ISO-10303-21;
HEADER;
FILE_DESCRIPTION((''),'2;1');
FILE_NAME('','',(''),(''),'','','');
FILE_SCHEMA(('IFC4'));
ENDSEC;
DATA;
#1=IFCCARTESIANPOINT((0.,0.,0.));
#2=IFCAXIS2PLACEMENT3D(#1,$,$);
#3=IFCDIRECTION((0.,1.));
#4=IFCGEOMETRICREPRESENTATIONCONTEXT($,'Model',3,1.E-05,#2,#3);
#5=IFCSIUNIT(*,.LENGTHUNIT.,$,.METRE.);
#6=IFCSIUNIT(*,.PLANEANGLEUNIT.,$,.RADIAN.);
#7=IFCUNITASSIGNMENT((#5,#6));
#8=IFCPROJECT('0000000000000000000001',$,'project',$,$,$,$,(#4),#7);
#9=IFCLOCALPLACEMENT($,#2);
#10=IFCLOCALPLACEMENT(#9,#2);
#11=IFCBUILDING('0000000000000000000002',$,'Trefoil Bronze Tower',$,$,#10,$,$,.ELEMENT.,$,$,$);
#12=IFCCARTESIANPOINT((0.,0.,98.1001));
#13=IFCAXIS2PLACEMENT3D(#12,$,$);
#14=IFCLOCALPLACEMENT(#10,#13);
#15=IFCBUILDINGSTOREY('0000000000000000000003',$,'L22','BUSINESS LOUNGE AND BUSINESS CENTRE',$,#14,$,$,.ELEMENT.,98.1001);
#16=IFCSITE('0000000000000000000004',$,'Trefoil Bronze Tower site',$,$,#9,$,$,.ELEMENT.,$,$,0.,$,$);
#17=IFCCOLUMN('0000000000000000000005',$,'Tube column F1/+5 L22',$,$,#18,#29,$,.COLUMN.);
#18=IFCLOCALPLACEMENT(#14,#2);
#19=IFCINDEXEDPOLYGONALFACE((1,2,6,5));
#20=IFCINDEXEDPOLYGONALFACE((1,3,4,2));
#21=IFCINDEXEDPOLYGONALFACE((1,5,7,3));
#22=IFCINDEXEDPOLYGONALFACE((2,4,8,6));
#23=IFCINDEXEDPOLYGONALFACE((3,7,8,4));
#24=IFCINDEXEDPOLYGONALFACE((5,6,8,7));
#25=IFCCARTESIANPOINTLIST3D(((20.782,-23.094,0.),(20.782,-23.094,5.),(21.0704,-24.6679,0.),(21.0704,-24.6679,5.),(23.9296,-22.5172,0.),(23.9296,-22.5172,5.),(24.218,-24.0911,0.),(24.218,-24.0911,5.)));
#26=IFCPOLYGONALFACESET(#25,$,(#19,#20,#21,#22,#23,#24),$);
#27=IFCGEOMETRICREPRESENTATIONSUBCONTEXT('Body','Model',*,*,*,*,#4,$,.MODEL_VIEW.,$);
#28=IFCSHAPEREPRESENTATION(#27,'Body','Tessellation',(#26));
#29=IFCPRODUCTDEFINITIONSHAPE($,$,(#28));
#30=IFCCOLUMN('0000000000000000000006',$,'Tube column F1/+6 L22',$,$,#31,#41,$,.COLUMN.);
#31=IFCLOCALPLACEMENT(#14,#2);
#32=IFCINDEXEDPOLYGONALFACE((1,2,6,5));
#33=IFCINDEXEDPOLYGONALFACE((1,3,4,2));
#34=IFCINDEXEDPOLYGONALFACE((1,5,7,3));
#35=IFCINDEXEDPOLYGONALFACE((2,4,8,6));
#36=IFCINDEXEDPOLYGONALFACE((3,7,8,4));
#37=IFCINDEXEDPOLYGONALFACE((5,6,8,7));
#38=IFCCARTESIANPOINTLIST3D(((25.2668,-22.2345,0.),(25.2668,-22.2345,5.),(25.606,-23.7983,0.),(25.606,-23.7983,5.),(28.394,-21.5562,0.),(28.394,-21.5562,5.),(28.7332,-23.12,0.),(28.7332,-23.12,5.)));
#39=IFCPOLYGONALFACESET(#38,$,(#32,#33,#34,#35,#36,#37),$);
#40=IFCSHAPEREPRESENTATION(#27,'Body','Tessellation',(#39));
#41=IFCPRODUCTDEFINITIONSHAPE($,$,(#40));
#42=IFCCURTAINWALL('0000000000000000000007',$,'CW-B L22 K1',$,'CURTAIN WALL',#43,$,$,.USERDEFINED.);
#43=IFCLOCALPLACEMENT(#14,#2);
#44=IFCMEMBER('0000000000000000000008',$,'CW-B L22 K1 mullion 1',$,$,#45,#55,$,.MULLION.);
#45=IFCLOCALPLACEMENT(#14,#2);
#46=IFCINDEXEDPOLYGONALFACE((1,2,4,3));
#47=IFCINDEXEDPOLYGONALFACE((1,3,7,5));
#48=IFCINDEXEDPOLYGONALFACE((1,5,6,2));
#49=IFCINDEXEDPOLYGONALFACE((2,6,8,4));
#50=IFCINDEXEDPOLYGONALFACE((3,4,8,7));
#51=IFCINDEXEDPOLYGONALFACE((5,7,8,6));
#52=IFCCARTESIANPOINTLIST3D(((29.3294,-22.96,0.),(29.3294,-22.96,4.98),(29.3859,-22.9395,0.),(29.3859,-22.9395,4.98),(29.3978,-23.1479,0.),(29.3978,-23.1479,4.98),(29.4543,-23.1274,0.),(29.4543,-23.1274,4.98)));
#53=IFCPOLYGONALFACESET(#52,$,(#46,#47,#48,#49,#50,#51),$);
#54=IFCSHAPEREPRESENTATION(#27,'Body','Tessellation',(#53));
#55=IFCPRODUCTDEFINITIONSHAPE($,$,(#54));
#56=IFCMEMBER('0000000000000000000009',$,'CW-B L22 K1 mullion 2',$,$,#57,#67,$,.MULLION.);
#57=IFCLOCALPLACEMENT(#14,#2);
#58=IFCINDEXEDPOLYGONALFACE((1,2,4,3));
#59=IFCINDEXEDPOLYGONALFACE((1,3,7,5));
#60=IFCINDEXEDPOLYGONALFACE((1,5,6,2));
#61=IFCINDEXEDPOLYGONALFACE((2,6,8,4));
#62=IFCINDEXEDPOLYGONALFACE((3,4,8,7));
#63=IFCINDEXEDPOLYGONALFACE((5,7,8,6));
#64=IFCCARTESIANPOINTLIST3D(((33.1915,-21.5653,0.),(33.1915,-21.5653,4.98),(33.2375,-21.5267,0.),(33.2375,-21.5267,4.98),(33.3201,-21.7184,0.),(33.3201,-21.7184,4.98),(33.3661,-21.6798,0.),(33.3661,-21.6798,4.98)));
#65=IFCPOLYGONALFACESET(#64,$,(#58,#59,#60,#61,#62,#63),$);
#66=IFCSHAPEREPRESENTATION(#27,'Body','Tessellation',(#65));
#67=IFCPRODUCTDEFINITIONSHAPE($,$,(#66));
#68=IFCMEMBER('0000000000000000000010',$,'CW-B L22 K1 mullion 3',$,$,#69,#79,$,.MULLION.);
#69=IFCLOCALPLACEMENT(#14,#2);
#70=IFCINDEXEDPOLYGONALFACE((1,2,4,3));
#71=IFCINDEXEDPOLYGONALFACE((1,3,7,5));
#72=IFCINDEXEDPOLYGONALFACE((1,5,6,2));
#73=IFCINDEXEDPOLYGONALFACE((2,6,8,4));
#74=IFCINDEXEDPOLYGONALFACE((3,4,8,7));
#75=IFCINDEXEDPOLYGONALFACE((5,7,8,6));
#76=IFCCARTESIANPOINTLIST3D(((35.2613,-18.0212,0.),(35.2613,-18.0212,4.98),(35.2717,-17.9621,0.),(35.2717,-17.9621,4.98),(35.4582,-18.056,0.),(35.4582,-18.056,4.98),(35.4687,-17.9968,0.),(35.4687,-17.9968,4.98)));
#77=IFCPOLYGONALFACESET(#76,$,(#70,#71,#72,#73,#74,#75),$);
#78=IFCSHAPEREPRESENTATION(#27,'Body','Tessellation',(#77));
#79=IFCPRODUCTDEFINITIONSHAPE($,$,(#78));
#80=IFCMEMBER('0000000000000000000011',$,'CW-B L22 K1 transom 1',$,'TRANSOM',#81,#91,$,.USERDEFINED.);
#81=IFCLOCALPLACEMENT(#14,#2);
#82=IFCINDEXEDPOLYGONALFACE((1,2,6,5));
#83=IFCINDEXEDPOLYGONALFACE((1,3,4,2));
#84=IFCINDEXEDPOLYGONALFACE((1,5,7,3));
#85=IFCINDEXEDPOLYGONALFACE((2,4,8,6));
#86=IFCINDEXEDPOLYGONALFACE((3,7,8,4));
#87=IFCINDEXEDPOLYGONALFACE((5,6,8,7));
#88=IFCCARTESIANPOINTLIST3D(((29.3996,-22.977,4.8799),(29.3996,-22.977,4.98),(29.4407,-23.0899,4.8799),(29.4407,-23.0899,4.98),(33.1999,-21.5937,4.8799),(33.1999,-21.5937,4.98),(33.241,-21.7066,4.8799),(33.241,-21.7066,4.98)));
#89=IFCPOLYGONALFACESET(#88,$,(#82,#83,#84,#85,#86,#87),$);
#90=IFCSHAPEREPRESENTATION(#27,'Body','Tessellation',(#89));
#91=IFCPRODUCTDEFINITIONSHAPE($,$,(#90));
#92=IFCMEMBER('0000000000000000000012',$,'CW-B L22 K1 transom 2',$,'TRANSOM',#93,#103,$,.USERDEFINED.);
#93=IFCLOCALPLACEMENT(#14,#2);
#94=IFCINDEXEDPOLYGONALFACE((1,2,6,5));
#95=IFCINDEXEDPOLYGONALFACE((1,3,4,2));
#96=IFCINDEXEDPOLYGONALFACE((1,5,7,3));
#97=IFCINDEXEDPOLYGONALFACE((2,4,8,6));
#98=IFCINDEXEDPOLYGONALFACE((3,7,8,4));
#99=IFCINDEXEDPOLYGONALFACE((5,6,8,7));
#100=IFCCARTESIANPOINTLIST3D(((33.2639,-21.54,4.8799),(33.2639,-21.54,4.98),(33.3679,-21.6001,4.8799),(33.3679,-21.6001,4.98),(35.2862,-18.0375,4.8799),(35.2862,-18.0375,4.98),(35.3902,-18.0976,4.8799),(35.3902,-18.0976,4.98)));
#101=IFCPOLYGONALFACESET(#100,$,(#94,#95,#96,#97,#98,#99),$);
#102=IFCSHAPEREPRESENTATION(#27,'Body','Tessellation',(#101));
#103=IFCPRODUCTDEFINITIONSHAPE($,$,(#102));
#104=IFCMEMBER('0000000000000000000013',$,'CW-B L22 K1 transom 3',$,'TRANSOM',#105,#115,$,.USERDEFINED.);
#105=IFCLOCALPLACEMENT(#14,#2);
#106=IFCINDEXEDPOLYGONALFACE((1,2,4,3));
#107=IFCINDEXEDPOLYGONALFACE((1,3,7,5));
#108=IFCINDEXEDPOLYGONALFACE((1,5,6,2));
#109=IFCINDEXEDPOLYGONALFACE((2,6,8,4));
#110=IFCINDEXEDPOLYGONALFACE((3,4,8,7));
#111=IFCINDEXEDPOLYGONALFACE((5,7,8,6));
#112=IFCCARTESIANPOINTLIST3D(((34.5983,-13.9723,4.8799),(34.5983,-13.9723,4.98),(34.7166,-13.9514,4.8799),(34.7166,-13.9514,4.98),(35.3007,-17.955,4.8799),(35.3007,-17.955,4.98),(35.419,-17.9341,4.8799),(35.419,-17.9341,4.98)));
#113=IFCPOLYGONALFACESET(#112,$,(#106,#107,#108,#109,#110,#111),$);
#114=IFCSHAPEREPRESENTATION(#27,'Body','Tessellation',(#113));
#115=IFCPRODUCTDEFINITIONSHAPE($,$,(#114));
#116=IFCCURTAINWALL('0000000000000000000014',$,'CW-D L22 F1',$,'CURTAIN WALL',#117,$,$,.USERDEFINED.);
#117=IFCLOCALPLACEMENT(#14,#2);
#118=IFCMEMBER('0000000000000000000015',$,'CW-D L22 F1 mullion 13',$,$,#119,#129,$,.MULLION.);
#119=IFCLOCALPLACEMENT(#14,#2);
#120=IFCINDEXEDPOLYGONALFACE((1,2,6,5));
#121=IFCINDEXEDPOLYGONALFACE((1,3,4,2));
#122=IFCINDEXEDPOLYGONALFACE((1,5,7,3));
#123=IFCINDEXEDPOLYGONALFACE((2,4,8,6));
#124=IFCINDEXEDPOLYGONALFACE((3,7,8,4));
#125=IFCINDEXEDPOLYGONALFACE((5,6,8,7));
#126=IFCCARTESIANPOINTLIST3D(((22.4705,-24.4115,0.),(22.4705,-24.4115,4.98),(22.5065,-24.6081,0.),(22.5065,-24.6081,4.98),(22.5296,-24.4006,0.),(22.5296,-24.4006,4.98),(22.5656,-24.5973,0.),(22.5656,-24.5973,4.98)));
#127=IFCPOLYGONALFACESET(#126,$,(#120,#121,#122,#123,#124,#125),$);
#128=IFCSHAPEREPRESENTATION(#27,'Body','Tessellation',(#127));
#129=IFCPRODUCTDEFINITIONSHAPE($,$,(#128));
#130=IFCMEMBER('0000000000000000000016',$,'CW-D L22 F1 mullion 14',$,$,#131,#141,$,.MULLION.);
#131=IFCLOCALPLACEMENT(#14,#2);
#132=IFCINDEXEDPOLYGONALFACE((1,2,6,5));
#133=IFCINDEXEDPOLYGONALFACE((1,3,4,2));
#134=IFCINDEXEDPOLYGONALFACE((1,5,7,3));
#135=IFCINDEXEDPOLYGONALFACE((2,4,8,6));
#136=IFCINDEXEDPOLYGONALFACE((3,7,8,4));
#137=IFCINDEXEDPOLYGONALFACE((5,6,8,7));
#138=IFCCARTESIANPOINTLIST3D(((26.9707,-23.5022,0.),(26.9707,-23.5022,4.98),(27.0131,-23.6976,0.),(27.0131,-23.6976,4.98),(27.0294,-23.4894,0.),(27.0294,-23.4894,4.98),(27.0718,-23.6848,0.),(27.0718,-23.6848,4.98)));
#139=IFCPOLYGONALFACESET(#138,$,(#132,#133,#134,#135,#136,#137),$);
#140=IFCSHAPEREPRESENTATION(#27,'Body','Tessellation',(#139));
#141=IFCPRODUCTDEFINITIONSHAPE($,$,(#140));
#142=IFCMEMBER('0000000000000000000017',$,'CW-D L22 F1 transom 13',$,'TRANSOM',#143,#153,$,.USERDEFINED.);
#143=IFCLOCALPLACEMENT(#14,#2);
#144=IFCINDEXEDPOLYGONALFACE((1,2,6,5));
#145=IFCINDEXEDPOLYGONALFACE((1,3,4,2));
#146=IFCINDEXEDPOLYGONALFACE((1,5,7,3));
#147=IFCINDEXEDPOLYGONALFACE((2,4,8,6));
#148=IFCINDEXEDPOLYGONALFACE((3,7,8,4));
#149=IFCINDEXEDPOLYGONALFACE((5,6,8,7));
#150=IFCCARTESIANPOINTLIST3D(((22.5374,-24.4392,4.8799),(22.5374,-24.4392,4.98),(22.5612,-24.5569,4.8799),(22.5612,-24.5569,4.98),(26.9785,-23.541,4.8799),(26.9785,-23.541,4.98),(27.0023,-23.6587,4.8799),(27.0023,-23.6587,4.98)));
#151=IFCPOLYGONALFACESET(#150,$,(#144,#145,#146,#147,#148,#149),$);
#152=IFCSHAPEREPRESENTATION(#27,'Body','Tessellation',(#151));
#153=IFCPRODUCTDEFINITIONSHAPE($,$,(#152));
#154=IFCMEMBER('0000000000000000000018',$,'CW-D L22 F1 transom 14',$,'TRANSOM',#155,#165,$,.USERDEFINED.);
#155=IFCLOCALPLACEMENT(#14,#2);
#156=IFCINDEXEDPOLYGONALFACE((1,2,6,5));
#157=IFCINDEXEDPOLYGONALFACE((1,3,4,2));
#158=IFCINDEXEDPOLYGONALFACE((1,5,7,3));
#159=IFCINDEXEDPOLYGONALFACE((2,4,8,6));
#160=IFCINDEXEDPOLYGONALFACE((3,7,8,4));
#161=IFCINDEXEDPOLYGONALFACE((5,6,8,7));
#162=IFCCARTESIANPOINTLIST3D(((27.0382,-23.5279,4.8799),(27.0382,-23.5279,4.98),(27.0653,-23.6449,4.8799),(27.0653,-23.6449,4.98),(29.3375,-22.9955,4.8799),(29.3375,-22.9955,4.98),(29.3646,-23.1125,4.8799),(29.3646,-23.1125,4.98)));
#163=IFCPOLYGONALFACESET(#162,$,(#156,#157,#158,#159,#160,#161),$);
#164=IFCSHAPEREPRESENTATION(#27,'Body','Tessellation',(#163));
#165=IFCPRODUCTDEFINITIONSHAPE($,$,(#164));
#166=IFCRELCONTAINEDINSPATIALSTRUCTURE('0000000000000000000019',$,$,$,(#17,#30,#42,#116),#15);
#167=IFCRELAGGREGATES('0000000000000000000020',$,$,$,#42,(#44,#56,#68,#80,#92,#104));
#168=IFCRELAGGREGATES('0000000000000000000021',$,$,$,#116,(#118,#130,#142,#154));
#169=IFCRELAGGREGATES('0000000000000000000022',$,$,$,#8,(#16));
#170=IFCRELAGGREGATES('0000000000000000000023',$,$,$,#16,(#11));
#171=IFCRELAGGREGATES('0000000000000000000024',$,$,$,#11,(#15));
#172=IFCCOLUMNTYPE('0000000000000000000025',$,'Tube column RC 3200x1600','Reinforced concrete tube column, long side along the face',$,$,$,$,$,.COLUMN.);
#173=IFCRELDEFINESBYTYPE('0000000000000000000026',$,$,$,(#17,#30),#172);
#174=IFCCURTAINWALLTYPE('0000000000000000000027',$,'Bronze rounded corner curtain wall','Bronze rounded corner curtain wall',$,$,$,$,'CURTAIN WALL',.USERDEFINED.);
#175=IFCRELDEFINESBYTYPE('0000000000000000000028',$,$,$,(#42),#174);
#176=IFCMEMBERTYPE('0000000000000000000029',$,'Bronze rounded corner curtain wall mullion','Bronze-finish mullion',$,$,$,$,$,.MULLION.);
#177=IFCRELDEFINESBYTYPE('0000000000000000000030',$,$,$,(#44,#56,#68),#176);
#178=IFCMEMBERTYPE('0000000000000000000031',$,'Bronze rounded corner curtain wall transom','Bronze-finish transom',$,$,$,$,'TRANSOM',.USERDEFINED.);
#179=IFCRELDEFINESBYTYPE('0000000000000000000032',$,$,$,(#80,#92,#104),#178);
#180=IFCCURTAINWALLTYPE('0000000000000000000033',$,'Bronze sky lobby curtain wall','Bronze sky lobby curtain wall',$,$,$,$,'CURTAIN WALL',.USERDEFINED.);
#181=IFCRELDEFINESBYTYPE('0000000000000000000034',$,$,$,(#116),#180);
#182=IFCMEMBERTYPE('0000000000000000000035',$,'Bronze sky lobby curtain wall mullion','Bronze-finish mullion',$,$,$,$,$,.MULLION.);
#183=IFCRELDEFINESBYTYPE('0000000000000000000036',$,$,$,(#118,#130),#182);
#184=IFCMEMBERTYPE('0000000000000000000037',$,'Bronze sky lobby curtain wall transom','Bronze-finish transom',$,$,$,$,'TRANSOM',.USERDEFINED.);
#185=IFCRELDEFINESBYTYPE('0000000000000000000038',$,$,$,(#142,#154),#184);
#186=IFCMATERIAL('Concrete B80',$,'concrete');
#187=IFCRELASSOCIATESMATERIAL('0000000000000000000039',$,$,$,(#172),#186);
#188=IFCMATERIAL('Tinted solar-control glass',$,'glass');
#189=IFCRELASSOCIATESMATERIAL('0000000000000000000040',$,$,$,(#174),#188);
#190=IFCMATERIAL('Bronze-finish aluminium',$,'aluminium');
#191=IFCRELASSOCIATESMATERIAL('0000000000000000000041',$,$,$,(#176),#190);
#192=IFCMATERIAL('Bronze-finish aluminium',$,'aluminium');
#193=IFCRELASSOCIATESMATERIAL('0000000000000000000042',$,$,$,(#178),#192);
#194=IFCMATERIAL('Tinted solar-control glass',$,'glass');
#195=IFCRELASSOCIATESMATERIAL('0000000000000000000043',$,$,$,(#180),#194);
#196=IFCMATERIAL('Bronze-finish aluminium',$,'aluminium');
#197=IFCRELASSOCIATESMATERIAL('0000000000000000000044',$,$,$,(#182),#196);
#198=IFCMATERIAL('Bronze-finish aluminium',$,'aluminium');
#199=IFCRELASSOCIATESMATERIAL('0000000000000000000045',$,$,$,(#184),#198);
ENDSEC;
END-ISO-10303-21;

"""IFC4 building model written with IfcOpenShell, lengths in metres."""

from ifc_helpers import new_model, si_unit, direction, frame, origin, origin_2d, place, context, subcontext, project, spatial, rectangle, extrude, material, material_profile, profile_set, type_object, element, aggregate, save


model = new_model("IFC4")

# Units and contexts
model_context = context("Model", 3, precision=1e-05, world=origin(), true_north=direction((0.0, 1.0)))
body_context = subcontext(model_context, "Body", "Model", "MODEL_VIEW")
ifc_project = project(units=[si_unit("LENGTHUNIT", "METRE"), si_unit("PLANEANGLEUNIT", "RADIAN")], contexts=[model_context])

# Site, building, storey
site_placement = place(None, origin())
site = spatial("IfcSite", under=ifc_project, at=site_placement, Name="Trefoil Bronze Tower site", CompositionType="ELEMENT", RefElevation=0.0)
building_placement = place(site_placement, origin())
building = spatial("IfcBuilding", under=site, at=building_placement, Name="Trefoil Bronze Tower", CompositionType="ELEMENT")
storey_placement = place(building_placement, frame((0.0, 0.0, 98.1001)))
storey = spatial("IfcBuildingStorey", under=building, at=storey_placement, Name="L22", Description="BUSINESS LOUNGE AND BUSINESS CENTRE", CompositionType="ELEMENT", Elevation=98.1001)

# Columns
ifc_material_1 = material(Name="Concrete B80", Category="concrete")
ifc_material_profile_1 = material_profile(ifc_material_1, rectangle(XDim=3.2, YDim=1.6001, at=origin_2d()), Name="RC 3200x1600")
ifc_profile_set_1 = profile_set([ifc_material_profile_1], Name="Concrete B80")
column_type = type_object("IfcColumnType", Name="Tube column RC 3200x1600", Description="Reinforced concrete tube column, long side along the face", PredefinedType="COLUMN", material=ifc_profile_set_1)
for number, where, z_axis, x_axis, name in (
    (1, (22.5, -23.5925, 0.0), (0.0, 0.0, 1.0), (0.983623, 0.180241, 0.0), "Tube column F1/+5 L22"),
    (2, (27.0, -22.6772, 0.0), (0.0, 0.0, 1.0), (0.977276, 0.21197, 0.0), "Tube column F1/+6 L22"),
):
    element("IfcColumn", number, at=place(storey_placement, frame(where, z_axis=z_axis, x_axis=x_axis)), inside=storey, type_object=column_type, Name=name, PredefinedType="COLUMN", context=body_context, shape_type="SweptSolid", body=[
        extrude(rectangle(XDim=3.2, YDim=1.6001, at=origin_2d()), origin(), (0.0, 0.0, 1.0), 5.0),
    ])

# Curtain walls, members
ifc_material_2 = material(Name="Tinted solar-control glass", Category="glass")
curtain_wall_type_1 = type_object("IfcCurtainWallType", Name="Bronze rounded corner curtain wall", Description="Bronze rounded corner curtain wall", ElementType="CURTAIN WALL", PredefinedType="USERDEFINED", material=ifc_material_2)
curtain_wall_1_placement = place(storey_placement, origin())
curtain_wall_1 = element("IfcCurtainWall", 3, at=curtain_wall_1_placement, inside=storey, type_object=curtain_wall_type_1, Name="CW-B L22 K1", ObjectType="CURTAIN WALL", PredefinedType="USERDEFINED")
ifc_material_3 = material(Name="Bronze-finish aluminium", Category="aluminium")
ifc_material_profile_2 = material_profile(ifc_material_3, rectangle(XDim=0.2, YDim=0.0601, at=origin_2d()), Name="CW-B mullion")
ifc_profile_set_2 = profile_set([ifc_material_profile_2], Name="Bronze-finish aluminium")
member_type_1 = type_object("IfcMemberType", Name="Bronze rounded corner curtain wall mullion", Description="Bronze-finish mullion", PredefinedType="MULLION", material=ifc_profile_set_2)
member_1_placement = place(storey_placement, frame((29.3918, -23.0437, 0.0), z_axis=(0.0, 0.0, 1.0), x_axis=(-0.34202, 0.939693, 0.0)))
member_1 = element("IfcMember", 4, at=member_1_placement, type_object=member_type_1, Name="CW-B L22 K1 mullion 1", PredefinedType="MULLION", context=body_context, shape_type="SweptSolid", body=[
    extrude(rectangle(XDim=0.2, YDim=0.0601, at=origin_2d()), origin(), (0.0, 0.0, 1.0), 4.98),
])
member_2_placement = place(storey_placement, frame((33.2788, -21.6226, 0.0), z_axis=(0.0, 0.0, 1.0), x_axis=(-0.642788, 0.766044, 0.0)))
member_2 = element("IfcMember", 5, at=member_2_placement, type_object=member_type_1, Name="CW-B L22 K1 mullion 2", PredefinedType="MULLION", context=body_context, shape_type="SweptSolid", body=[
    extrude(rectangle(XDim=0.2, YDim=0.0601, at=origin_2d()), origin(), (0.0, 0.0, 1.0), 4.98),
])
member_3_placement = place(storey_placement, frame((35.365, -18.009, 0.0), z_axis=(0.0, 0.0, 1.0), x_axis=(-0.984808, 0.173648, 0.0)))
member_3 = element("IfcMember", 6, at=member_3_placement, type_object=member_type_1, Name="CW-B L22 K1 mullion 3", PredefinedType="MULLION", context=body_context, shape_type="SweptSolid", body=[
    extrude(rectangle(XDim=0.2, YDim=0.0601, at=origin_2d()), origin(), (0.0, 0.0, 1.0), 4.98),
])
ifc_material_4 = material(Name="Bronze-finish aluminium", Category="aluminium")
ifc_material_profile_3 = material_profile(ifc_material_4, rectangle(XDim=0.1201, YDim=0.1001, at=origin_2d()), Name="CW-B transom")
ifc_profile_set_3 = profile_set([ifc_material_profile_3], Name="Bronze-finish aluminium")
member_type_2 = type_object("IfcMemberType", Name="Bronze rounded corner curtain wall transom", Description="Bronze-finish transom", ElementType="TRANSOM", PredefinedType="USERDEFINED", material=ifc_profile_set_3)
member_4_placement = place(storey_placement, frame((29.4202, -23.0334, 4.9299), z_axis=(0.939684, 0.342044, 0.0), x_axis=(-0.342044, 0.939684, 0.0)))
member_4 = element("IfcMember", 7, at=member_4_placement, type_object=member_type_2, Name="CW-B L22 K1 transom 1", ObjectType="TRANSOM", PredefinedType="USERDEFINED", context=body_context, shape_type="SweptSolid", body=[
    extrude(rectangle(XDim=0.1201, YDim=0.1001, at=origin_2d()), origin(), (0.0, 0.0, 1.0), 4.0442),
])
member_5_placement = place(storey_placement, frame((33.3159, -21.5701, 4.9299), z_axis=(0.500015, 0.866017, 0.0), x_axis=(-0.866017, 0.500015, 0.0)))
member_5 = element("IfcMember", 8, at=member_5_placement, type_object=member_type_2, Name="CW-B L22 K1 transom 2", ObjectType="TRANSOM", PredefinedType="USERDEFINED", context=body_context, shape_type="SweptSolid", body=[
    extrude(rectangle(XDim=0.1201, YDim=0.1001, at=origin_2d()), origin(), (0.0, 0.0, 1.0), 4.0444),
])
member_6_placement = place(storey_placement, frame((35.3599, -17.9446, 4.9299), z_axis=(-0.173682, 0.984802, 0.0), x_axis=(-0.984802, -0.173682, 0.0)))
member_6 = element("IfcMember", 9, at=member_6_placement, type_object=member_type_2, Name="CW-B L22 K1 transom 3", ObjectType="TRANSOM", PredefinedType="USERDEFINED", context=body_context, shape_type="SweptSolid", body=[
    extrude(rectangle(XDim=0.1201, YDim=0.1001, at=origin_2d()), origin(), (0.0, 0.0, 1.0), 4.0442),
])
ifc_material_5 = material(Name="Tinted solar-control glass", Category="glass")
curtain_wall_type_2 = type_object("IfcCurtainWallType", Name="Bronze sky lobby curtain wall", Description="Bronze sky lobby curtain wall", ElementType="CURTAIN WALL", PredefinedType="USERDEFINED", material=ifc_material_5)
curtain_wall_2_placement = place(storey_placement, origin())
curtain_wall_2 = element("IfcCurtainWall", 10, at=curtain_wall_2_placement, inside=storey, type_object=curtain_wall_type_2, Name="CW-D L22 F1", ObjectType="CURTAIN WALL", PredefinedType="USERDEFINED")
ifc_material_6 = material(Name="Bronze-finish aluminium", Category="aluminium")
ifc_material_profile_4 = material_profile(ifc_material_6, rectangle(XDim=0.2, YDim=0.0601, at=origin_2d()), Name="CW-D mullion")
ifc_profile_set_4 = profile_set([ifc_material_profile_4], Name="Bronze-finish aluminium")
member_type_3 = type_object("IfcMemberType", Name="Bronze sky lobby curtain wall mullion", Description="Bronze-finish mullion", PredefinedType="MULLION", material=ifc_profile_set_4)
member_7_placement = place(storey_placement, frame((22.5181, -24.5044, 0.0), z_axis=(0.0, 0.0, 1.0), x_axis=(-0.180241, 0.983623, 0.0)))
member_7 = element("IfcMember", 11, at=member_7_placement, type_object=member_type_3, Name="CW-D L22 F1 mullion 13", PredefinedType="MULLION", context=body_context, shape_type="SweptSolid", body=[
    extrude(rectangle(XDim=0.2, YDim=0.0601, at=origin_2d()), origin(), (0.0, 0.0, 1.0), 4.98),
])
member_8_placement = place(storey_placement, frame((27.0212, -23.5935, 0.0), z_axis=(0.0, 0.0, 1.0), x_axis=(-0.21197, 0.977276, 0.0)))
member_8 = element("IfcMember", 12, at=member_8_placement, type_object=member_type_3, Name="CW-D L22 F1 mullion 14", PredefinedType="MULLION", context=body_context, shape_type="SweptSolid", body=[
    extrude(rectangle(XDim=0.2, YDim=0.0601, at=origin_2d()), origin(), (0.0, 0.0, 1.0), 4.98),
])
ifc_material_7 = material(Name="Bronze-finish aluminium", Category="aluminium")
ifc_material_profile_5 = material_profile(ifc_material_7, rectangle(XDim=0.1201, YDim=0.1001, at=origin_2d()), Name="CW-D transom")
ifc_profile_set_5 = profile_set([ifc_material_profile_5], Name="Bronze-finish aluminium")
member_type_4 = type_object("IfcMemberType", Name="Bronze sky lobby curtain wall transom", Description="Bronze-finish transom", ElementType="TRANSOM", PredefinedType="USERDEFINED", material=ifc_profile_set_5)
member_9_placement = place(storey_placement, frame((22.5493, -24.498, 4.9299), z_axis=(0.980156, 0.198229, 0.0), x_axis=(-0.198229, 0.980156, 0.0)))
member_9 = element("IfcMember", 13, at=member_9_placement, type_object=member_type_4, Name="CW-D L22 F1 transom 13", ObjectType="TRANSOM", PredefinedType="USERDEFINED", context=body_context, shape_type="SweptSolid", body=[
    extrude(rectangle(XDim=0.1201, YDim=0.1001, at=origin_2d()), origin(), (0.0, 0.0, 1.0), 4.531),
])
member_10_placement = place(storey_placement, frame((27.0518, -23.5864, 4.9299), z_axis=(0.974218, 0.225607, 0.0), x_axis=(-0.225607, 0.974218, 0.0)))
member_10 = element("IfcMember", 14, at=member_10_placement, type_object=member_type_4, Name="CW-D L22 F1 transom 14", ObjectType="TRANSOM", PredefinedType="USERDEFINED", context=body_context, shape_type="SweptSolid", body=[
    extrude(rectangle(XDim=0.1201, YDim=0.1001, at=origin_2d()), origin(), (0.0, 0.0, 1.0), 2.3601),
])

aggregate(curtain_wall_1, [member_1, member_2, member_3, member_4, member_5, member_6])
aggregate(curtain_wall_2, [member_7, member_8, member_9, member_10])

save(model, "model.ifc")
